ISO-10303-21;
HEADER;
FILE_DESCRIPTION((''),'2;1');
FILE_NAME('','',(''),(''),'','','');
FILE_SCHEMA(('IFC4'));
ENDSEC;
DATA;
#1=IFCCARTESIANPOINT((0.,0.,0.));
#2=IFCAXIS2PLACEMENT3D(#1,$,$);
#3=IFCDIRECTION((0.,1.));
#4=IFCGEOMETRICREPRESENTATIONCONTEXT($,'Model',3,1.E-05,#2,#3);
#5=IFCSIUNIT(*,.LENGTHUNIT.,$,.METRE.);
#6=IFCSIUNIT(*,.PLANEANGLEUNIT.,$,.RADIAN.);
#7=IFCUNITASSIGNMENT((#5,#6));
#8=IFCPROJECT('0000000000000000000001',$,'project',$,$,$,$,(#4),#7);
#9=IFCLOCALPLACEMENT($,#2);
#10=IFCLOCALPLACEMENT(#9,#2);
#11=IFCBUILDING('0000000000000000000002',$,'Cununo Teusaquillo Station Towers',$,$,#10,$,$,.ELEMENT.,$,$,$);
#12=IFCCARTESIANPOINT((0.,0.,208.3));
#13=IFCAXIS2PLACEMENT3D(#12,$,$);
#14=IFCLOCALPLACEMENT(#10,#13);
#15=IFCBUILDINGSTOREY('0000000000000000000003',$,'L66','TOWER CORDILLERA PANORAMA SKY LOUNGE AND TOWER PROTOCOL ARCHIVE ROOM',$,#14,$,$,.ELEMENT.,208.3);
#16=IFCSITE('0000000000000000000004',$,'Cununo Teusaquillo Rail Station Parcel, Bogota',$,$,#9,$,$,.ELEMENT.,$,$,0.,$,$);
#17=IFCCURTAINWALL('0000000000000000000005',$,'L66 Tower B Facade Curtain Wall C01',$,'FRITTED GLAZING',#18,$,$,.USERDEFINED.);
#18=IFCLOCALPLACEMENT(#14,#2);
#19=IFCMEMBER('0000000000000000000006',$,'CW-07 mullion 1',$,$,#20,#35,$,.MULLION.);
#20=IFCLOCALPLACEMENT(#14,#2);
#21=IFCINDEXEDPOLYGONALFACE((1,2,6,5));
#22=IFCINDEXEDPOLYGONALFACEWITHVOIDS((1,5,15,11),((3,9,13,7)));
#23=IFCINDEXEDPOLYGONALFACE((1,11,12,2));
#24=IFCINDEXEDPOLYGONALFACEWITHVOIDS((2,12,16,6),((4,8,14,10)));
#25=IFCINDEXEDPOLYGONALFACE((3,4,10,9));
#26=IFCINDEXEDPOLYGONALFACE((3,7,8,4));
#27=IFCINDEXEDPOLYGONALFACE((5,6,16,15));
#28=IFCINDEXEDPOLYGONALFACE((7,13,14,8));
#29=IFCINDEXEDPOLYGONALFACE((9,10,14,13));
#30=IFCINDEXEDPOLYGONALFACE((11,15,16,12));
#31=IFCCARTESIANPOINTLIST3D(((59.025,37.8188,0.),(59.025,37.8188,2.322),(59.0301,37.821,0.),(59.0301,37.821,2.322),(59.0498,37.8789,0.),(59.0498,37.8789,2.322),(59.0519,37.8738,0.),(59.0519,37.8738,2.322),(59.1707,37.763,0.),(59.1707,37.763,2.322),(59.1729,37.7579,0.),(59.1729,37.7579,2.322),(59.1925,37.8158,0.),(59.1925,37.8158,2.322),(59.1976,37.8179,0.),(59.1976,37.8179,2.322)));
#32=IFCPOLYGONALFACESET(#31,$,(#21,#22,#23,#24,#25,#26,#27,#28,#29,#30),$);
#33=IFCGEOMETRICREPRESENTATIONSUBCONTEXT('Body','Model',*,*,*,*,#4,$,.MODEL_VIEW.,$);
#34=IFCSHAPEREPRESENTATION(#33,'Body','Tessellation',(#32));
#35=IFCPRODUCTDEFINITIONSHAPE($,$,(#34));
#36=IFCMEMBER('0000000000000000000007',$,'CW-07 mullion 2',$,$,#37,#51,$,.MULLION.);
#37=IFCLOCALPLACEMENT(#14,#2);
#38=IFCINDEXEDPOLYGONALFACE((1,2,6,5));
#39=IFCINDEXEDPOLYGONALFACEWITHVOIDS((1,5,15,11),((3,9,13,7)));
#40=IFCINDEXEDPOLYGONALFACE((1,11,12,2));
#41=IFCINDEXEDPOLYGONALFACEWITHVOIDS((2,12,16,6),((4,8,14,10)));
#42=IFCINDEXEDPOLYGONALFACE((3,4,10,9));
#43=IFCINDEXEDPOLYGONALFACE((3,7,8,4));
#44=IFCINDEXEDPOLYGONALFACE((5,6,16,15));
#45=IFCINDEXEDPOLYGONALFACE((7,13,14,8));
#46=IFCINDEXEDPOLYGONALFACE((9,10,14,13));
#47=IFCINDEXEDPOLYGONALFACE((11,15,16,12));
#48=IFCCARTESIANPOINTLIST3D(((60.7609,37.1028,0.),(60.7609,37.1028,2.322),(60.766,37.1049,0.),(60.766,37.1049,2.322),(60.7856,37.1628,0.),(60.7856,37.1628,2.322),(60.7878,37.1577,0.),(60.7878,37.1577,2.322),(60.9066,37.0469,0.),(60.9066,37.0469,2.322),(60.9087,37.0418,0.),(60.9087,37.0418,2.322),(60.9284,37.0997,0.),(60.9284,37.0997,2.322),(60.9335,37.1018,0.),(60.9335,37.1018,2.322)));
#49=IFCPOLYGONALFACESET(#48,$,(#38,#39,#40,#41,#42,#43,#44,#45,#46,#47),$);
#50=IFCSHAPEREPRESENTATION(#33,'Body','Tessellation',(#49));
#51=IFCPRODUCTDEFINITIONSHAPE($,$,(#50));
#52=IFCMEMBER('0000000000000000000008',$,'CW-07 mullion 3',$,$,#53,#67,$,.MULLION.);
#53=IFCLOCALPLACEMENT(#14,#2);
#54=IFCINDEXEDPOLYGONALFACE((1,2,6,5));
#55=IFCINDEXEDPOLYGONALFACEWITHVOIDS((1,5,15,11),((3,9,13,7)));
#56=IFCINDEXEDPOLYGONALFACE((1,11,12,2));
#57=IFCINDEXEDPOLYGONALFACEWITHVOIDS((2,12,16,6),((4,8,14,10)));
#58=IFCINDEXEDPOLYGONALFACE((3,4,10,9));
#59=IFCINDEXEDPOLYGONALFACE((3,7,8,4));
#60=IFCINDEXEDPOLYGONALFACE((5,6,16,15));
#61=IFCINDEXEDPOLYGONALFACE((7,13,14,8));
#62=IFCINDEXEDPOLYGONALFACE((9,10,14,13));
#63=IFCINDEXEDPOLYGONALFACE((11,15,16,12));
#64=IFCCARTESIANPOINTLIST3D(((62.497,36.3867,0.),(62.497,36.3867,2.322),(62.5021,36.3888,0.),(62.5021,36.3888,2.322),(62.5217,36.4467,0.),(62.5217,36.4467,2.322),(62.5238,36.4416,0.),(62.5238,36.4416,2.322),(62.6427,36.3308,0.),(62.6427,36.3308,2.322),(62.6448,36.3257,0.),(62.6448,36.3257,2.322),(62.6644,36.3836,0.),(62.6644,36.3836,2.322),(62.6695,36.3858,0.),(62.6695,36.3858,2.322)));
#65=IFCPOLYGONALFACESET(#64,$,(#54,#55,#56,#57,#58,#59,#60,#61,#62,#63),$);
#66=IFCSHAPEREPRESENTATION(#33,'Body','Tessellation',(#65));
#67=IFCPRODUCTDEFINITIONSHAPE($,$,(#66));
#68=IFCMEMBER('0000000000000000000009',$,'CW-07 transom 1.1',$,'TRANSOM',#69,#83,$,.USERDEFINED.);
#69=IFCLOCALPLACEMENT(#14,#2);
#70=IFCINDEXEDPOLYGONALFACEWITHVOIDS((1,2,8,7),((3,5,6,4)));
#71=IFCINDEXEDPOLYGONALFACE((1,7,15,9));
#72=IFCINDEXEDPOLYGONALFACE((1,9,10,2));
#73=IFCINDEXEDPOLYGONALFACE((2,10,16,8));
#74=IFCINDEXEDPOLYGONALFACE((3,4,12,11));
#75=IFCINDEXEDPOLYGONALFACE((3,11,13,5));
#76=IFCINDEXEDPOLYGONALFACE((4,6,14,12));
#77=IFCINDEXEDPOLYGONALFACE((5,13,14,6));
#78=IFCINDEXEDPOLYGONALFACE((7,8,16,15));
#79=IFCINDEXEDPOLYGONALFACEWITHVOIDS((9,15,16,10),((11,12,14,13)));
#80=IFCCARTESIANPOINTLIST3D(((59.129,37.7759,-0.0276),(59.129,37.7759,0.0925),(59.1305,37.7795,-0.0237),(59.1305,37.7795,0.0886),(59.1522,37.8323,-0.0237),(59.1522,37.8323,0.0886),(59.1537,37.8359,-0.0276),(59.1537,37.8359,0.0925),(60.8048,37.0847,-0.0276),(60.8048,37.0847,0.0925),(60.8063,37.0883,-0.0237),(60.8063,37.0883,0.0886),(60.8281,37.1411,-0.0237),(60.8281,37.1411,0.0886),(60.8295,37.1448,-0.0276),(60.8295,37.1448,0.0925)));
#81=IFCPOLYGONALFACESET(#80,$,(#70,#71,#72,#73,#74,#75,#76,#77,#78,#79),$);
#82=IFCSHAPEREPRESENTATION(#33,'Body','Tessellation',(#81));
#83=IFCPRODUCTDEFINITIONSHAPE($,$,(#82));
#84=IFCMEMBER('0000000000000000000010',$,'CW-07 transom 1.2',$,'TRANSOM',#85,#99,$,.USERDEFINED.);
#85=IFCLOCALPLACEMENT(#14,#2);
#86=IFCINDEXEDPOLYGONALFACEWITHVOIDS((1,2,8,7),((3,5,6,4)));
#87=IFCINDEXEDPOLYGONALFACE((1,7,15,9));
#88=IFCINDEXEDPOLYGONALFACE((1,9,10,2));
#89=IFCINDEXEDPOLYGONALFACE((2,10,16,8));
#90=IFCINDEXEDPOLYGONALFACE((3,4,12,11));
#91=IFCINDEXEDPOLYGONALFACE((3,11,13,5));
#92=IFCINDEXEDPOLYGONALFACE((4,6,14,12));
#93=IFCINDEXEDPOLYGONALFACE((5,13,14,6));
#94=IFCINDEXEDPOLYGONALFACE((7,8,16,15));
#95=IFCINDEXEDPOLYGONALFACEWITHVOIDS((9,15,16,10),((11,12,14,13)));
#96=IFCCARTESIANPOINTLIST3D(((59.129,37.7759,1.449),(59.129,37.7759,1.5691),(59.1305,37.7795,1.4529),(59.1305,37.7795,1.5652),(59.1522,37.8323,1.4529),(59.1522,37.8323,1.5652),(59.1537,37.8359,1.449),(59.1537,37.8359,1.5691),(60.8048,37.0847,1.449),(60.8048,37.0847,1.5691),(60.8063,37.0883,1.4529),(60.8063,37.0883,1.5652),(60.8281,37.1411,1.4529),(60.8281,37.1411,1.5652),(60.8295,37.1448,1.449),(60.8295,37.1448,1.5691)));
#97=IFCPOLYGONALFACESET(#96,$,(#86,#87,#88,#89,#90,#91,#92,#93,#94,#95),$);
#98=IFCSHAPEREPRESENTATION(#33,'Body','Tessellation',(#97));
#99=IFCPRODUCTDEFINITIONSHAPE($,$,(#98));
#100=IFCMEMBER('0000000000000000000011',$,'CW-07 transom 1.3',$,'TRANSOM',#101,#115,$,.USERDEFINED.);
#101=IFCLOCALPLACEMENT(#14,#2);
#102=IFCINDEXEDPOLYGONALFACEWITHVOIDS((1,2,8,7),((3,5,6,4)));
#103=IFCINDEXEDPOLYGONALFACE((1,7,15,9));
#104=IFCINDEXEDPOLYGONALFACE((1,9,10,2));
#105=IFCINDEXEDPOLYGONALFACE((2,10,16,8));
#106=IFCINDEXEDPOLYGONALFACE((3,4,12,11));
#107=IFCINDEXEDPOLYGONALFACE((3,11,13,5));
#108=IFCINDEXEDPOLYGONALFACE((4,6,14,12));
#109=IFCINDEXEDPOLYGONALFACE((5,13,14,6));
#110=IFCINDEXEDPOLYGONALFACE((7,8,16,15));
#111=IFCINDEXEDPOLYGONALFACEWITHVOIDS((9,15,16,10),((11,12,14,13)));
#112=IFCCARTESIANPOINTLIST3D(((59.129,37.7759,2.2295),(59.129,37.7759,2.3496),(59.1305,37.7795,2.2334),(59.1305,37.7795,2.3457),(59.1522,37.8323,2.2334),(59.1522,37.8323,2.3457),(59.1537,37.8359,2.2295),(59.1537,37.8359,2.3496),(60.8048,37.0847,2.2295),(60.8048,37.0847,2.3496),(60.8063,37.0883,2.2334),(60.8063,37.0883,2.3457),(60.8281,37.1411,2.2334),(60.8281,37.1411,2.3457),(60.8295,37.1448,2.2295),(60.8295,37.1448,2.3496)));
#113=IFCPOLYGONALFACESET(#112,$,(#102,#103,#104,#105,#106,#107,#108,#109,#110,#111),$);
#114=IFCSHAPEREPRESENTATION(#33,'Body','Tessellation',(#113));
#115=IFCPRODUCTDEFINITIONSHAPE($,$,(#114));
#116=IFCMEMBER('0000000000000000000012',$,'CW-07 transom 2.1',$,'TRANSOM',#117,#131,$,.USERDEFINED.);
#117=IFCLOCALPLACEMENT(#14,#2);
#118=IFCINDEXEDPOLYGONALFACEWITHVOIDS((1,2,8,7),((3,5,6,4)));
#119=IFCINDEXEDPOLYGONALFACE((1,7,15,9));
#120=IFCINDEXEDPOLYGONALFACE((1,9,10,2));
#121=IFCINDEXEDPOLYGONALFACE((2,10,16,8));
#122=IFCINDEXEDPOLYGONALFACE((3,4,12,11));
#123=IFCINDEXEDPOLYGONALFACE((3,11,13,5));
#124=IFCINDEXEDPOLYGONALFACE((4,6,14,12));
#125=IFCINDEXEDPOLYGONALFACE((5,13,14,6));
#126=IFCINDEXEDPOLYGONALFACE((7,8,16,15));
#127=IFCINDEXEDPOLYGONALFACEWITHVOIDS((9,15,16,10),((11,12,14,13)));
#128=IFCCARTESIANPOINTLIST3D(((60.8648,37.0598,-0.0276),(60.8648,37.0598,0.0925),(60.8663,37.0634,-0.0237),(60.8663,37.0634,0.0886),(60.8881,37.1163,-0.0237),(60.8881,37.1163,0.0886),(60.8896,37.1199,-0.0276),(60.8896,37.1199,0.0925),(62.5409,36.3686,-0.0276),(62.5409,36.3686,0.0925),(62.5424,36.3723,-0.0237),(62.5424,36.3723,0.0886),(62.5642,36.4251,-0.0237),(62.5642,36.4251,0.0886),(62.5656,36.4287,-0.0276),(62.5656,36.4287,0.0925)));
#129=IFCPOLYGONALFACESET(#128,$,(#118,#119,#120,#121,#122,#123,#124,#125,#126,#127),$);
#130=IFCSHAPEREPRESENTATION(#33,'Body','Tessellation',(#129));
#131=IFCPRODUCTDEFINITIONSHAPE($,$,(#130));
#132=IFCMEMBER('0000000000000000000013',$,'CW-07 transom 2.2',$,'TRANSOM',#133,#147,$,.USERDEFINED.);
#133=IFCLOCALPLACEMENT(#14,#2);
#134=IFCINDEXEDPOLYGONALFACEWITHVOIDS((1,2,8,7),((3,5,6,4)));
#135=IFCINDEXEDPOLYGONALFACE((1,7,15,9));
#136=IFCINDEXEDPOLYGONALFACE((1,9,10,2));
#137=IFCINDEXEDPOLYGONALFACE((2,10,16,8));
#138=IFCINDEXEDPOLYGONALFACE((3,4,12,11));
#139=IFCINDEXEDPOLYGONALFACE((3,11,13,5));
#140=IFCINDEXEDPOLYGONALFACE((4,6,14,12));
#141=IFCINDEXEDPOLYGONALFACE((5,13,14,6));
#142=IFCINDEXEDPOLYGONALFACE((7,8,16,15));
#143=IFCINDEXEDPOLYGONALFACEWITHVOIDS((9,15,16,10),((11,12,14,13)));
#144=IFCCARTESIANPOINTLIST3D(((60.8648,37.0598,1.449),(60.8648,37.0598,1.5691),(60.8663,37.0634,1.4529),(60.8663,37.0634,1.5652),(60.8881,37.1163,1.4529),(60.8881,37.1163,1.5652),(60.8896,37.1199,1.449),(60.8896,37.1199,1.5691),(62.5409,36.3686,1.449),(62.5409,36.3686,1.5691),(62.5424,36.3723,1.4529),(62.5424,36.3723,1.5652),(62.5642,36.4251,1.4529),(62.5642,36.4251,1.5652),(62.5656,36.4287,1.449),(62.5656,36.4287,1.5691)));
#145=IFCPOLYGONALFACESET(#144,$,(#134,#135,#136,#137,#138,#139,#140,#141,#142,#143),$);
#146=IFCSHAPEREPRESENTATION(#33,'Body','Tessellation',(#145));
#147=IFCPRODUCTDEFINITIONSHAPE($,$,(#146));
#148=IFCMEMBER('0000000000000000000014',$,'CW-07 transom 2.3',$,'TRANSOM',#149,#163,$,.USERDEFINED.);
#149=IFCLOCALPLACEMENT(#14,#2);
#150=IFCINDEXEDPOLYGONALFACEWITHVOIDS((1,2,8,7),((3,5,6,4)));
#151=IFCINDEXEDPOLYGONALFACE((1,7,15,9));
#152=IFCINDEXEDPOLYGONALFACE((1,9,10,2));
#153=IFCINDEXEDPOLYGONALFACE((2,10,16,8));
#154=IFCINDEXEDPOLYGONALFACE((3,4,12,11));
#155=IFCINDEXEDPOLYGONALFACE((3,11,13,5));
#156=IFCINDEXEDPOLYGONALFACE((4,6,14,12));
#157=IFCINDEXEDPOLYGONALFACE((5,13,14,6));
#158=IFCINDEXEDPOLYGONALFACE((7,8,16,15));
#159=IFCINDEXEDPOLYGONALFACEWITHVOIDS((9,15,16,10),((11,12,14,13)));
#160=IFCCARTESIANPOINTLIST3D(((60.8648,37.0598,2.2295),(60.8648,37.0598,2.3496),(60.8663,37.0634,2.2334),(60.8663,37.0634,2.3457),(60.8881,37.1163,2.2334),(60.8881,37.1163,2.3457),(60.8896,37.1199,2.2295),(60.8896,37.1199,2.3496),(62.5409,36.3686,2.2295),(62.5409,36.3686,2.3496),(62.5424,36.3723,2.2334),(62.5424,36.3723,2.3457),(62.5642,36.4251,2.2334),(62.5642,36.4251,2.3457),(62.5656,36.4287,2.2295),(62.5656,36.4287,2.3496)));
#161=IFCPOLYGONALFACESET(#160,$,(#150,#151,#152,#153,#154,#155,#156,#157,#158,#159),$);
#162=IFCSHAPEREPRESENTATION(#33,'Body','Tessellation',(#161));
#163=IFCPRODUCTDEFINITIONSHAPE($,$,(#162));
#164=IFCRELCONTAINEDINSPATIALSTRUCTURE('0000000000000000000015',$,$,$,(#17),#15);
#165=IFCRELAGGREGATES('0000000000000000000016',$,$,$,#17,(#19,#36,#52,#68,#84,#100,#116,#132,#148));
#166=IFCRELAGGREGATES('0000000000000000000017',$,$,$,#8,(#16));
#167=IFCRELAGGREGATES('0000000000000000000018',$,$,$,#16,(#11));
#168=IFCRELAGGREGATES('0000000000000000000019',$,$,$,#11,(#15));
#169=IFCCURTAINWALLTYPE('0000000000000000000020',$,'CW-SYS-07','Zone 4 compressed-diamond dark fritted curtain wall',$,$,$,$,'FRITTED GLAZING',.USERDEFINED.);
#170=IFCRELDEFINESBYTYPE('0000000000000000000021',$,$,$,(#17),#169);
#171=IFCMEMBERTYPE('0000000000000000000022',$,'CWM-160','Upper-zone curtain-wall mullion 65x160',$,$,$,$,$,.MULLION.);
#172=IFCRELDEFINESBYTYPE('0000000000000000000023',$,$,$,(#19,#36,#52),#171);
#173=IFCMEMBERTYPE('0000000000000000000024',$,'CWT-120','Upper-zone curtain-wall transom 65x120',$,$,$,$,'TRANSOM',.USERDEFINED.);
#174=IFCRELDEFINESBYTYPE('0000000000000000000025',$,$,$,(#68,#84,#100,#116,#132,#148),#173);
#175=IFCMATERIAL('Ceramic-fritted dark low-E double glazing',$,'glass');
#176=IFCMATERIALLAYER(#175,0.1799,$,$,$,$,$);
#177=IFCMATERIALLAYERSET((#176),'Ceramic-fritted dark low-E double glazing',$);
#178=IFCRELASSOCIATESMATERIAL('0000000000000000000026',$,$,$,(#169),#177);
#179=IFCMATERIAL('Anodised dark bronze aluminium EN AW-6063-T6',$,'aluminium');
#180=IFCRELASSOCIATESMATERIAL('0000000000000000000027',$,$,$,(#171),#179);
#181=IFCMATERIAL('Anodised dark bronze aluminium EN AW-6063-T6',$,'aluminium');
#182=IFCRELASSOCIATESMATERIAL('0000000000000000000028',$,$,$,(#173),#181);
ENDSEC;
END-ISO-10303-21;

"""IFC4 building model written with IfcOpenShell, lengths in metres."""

from ifc_helpers import new_model, si_unit, direction, frame, origin, origin_2d, place, context, subcontext, project, spatial, hollow_rectangle, extrude, material, layer, layer_set, material_profile, profile_set, type_object, element, aggregate, save


model = new_model("IFC4")

# Units and contexts
model_context = context("Model", 3, precision=1e-05, world=origin(), true_north=direction((0.0, 1.0)))
body_context = subcontext(model_context, "Body", "Model", "MODEL_VIEW")
ifc_project = project(units=[si_unit("LENGTHUNIT", "METRE"), si_unit("PLANEANGLEUNIT", "RADIAN")], contexts=[model_context])

# Site, building, storey
site_placement = place(None, origin())
site = spatial("IfcSite", under=ifc_project, at=site_placement, Name="Cununo Teusaquillo Rail Station Parcel, Bogota", CompositionType="ELEMENT", RefElevation=0.0)
building_placement = place(site_placement, origin())
building = spatial("IfcBuilding", under=site, at=building_placement, Name="Cununo Teusaquillo Station Towers", CompositionType="ELEMENT")
storey_placement = place(building_placement, frame((0.0, 0.0, 208.3)))
storey = spatial("IfcBuildingStorey", under=building, at=storey_placement, Name="L66", Description="TOWER CORDILLERA PANORAMA SKY LOUNGE AND TOWER PROTOCOL ARCHIVE ROOM", CompositionType="ELEMENT", Elevation=208.3)

# Curtain wall, members
ifc_material_1 = material(Name="Ceramic-fritted dark low-E double glazing", Category="glass")
ifc_layer_1 = layer(ifc_material_1, 0.1799)
ifc_layer_set_1 = layer_set([ifc_layer_1], Name="Ceramic-fritted dark low-E double glazing")
curtain_wall_type = type_object("IfcCurtainWallType", Name="CW-SYS-07", Description="Zone 4 compressed-diamond dark fritted curtain wall", ElementType="FRITTED GLAZING", PredefinedType="USERDEFINED", material=ifc_layer_set_1)
curtain_wall_placement = place(storey_placement, origin())
curtain_wall = element("IfcCurtainWall", 1, at=curtain_wall_placement, inside=storey, type_object=curtain_wall_type, Name="L66 Tower B Facade Curtain Wall C01", ObjectType="FRITTED GLAZING", PredefinedType="USERDEFINED")
ifc_material_2 = material(Name="Anodised dark bronze aluminium EN AW-6063-T6", Category="aluminium")
ifc_material_profile_1 = material_profile(ifc_material_2, hollow_rectangle(XDim=0.0649, YDim=0.1599, WallThickness=0.0039, at=origin_2d()), Name="CW-MULL-65x160")
ifc_profile_set_1 = profile_set([ifc_material_profile_1], Name="Anodised dark bronze aluminium EN AW-6063-T6")
member_type_1 = type_object("IfcMemberType", Name="CWM-160", Description="Upper-zone curtain-wall mullion 65x160", PredefinedType="MULLION", material=ifc_profile_set_1)
member_1_placement = place(storey_placement, frame((59.1113, 37.8184, 0.0), z_axis=(0.0, 0.0, 1.0), x_axis=(0.381311, 0.924447, 0.0)))
member_1 = element("IfcMember", 2, at=member_1_placement, type_object=member_type_1, Name="CW-07 mullion 1", PredefinedType="MULLION", context=body_context, shape_type="SweptSolid", body=[
    extrude(hollow_rectangle(XDim=0.0649, YDim=0.1599, WallThickness=0.0039, at=origin_2d()), origin(), (0.0, 0.0, 1.0), 2.322),
])
member_2_placement = place(storey_placement, frame((60.8472, 37.1023, 0.0), z_axis=(0.0, 0.0, 1.0), x_axis=(0.381311, 0.924447, 0.0)))
member_2 = element("IfcMember", 3, at=member_2_placement, type_object=member_type_1, Name="CW-07 mullion 2", PredefinedType="MULLION", context=body_context, shape_type="SweptSolid", body=[
    extrude(hollow_rectangle(XDim=0.0649, YDim=0.1599, WallThickness=0.0039, at=origin_2d()), origin(), (0.0, 0.0, 1.0), 2.322),
])
member_3_placement = place(storey_placement, frame((62.5833, 36.3862, 0.0), z_axis=(0.0, 0.0, 1.0), x_axis=(0.381311, 0.924447, 0.0)))
member_3 = element("IfcMember", 4, at=member_3_placement, type_object=member_type_1, Name="CW-07 mullion 3", PredefinedType="MULLION", context=body_context, shape_type="SweptSolid", body=[
    extrude(hollow_rectangle(XDim=0.0649, YDim=0.1599, WallThickness=0.0039, at=origin_2d()), origin(), (0.0, 0.0, 1.0), 2.322),
])
ifc_material_3 = material(Name="Anodised dark bronze aluminium EN AW-6063-T6", Category="aluminium")
ifc_material_profile_2 = material_profile(ifc_material_3, hollow_rectangle(XDim=0.0649, YDim=0.1201, WallThickness=0.0039, at=origin_2d()), Name="CW-TRAN-65x120")
ifc_profile_set_2 = profile_set([ifc_material_profile_2], Name="Anodised dark bronze aluminium EN AW-6063-T6")
member_type_2 = type_object("IfcMemberType", Name="CWT-120", Description="Upper-zone curtain-wall transom 65x120", ElementType="TRANSOM", PredefinedType="USERDEFINED", material=ifc_profile_set_2)
member_4_placement = place(storey_placement, frame((59.1414, 37.8059, 0.0325), z_axis=(0.924458, -0.381285, 0.0), x_axis=(0.381285, 0.924458, 0.0)))
member_4 = element("IfcMember", 5, at=member_4_placement, type_object=member_type_2, Name="CW-07 transom 1.1", ObjectType="TRANSOM", PredefinedType="USERDEFINED", context=body_context, shape_type="SweptSolid", body=[
    extrude(hollow_rectangle(XDim=0.0649, YDim=0.1201, WallThickness=0.0039, at=origin_2d()), origin(), (0.0, 0.0, 1.0), 1.8127),
])
member_5_placement = place(storey_placement, frame((59.1414, 37.8059, 1.509), z_axis=(0.924458, -0.381285, 0.0), x_axis=(0.381285, 0.924458, 0.0)))
member_5 = element("IfcMember", 6, at=member_5_placement, type_object=member_type_2, Name="CW-07 transom 1.2", ObjectType="TRANSOM", PredefinedType="USERDEFINED", context=body_context, shape_type="SweptSolid", body=[
    extrude(hollow_rectangle(XDim=0.0649, YDim=0.1201, WallThickness=0.0039, at=origin_2d()), origin(), (0.0, 0.0, 1.0), 1.8127),
])
member_6_placement = place(storey_placement, frame((59.1414, 37.8059, 2.2896), z_axis=(0.924458, -0.381285, 0.0), x_axis=(0.381285, 0.924458, 0.0)))
member_6 = element("IfcMember", 7, at=member_6_placement, type_object=member_type_2, Name="CW-07 transom 1.3", ObjectType="TRANSOM", PredefinedType="USERDEFINED", context=body_context, shape_type="SweptSolid", body=[
    extrude(hollow_rectangle(XDim=0.0649, YDim=0.1201, WallThickness=0.0039, at=origin_2d()), origin(), (0.0, 0.0, 1.0), 1.8127),
])
member_7_placement = place(storey_placement, frame((60.8772, 37.0898, 0.0325), z_axis=(0.924477, -0.381237, 0.0), x_axis=(0.381237, 0.924477, 0.0)))
member_7 = element("IfcMember", 8, at=member_7_placement, type_object=member_type_2, Name="CW-07 transom 2.1", ObjectType="TRANSOM", PredefinedType="USERDEFINED", context=body_context, shape_type="SweptSolid", body=[
    extrude(hollow_rectangle(XDim=0.0649, YDim=0.1201, WallThickness=0.0039, at=origin_2d()), origin(), (0.0, 0.0, 1.0), 1.813),
])
member_8_placement = place(storey_placement, frame((60.8772, 37.0898, 1.509), z_axis=(0.924477, -0.381237, 0.0), x_axis=(0.381237, 0.924477, 0.0)))
member_8 = element("IfcMember", 9, at=member_8_placement, type_object=member_type_2, Name="CW-07 transom 2.2", ObjectType="TRANSOM", PredefinedType="USERDEFINED", context=body_context, shape_type="SweptSolid", body=[
    extrude(hollow_rectangle(XDim=0.0649, YDim=0.1201, WallThickness=0.0039, at=origin_2d()), origin(), (0.0, 0.0, 1.0), 1.813),
])
member_9_placement = place(storey_placement, frame((60.8772, 37.0898, 2.2896), z_axis=(0.924477, -0.381237, 0.0), x_axis=(0.381237, 0.924477, 0.0)))
member_9 = element("IfcMember", 10, at=member_9_placement, type_object=member_type_2, Name="CW-07 transom 2.3", ObjectType="TRANSOM", PredefinedType="USERDEFINED", context=body_context, shape_type="SweptSolid", body=[
    extrude(hollow_rectangle(XDim=0.0649, YDim=0.1201, WallThickness=0.0039, at=origin_2d()), origin(), (0.0, 0.0, 1.0), 1.813),
])

aggregate(curtain_wall, [member_1, member_2, member_3, member_4, member_5, member_6, member_7, member_8, member_9])

save(model, "model.ifc")
